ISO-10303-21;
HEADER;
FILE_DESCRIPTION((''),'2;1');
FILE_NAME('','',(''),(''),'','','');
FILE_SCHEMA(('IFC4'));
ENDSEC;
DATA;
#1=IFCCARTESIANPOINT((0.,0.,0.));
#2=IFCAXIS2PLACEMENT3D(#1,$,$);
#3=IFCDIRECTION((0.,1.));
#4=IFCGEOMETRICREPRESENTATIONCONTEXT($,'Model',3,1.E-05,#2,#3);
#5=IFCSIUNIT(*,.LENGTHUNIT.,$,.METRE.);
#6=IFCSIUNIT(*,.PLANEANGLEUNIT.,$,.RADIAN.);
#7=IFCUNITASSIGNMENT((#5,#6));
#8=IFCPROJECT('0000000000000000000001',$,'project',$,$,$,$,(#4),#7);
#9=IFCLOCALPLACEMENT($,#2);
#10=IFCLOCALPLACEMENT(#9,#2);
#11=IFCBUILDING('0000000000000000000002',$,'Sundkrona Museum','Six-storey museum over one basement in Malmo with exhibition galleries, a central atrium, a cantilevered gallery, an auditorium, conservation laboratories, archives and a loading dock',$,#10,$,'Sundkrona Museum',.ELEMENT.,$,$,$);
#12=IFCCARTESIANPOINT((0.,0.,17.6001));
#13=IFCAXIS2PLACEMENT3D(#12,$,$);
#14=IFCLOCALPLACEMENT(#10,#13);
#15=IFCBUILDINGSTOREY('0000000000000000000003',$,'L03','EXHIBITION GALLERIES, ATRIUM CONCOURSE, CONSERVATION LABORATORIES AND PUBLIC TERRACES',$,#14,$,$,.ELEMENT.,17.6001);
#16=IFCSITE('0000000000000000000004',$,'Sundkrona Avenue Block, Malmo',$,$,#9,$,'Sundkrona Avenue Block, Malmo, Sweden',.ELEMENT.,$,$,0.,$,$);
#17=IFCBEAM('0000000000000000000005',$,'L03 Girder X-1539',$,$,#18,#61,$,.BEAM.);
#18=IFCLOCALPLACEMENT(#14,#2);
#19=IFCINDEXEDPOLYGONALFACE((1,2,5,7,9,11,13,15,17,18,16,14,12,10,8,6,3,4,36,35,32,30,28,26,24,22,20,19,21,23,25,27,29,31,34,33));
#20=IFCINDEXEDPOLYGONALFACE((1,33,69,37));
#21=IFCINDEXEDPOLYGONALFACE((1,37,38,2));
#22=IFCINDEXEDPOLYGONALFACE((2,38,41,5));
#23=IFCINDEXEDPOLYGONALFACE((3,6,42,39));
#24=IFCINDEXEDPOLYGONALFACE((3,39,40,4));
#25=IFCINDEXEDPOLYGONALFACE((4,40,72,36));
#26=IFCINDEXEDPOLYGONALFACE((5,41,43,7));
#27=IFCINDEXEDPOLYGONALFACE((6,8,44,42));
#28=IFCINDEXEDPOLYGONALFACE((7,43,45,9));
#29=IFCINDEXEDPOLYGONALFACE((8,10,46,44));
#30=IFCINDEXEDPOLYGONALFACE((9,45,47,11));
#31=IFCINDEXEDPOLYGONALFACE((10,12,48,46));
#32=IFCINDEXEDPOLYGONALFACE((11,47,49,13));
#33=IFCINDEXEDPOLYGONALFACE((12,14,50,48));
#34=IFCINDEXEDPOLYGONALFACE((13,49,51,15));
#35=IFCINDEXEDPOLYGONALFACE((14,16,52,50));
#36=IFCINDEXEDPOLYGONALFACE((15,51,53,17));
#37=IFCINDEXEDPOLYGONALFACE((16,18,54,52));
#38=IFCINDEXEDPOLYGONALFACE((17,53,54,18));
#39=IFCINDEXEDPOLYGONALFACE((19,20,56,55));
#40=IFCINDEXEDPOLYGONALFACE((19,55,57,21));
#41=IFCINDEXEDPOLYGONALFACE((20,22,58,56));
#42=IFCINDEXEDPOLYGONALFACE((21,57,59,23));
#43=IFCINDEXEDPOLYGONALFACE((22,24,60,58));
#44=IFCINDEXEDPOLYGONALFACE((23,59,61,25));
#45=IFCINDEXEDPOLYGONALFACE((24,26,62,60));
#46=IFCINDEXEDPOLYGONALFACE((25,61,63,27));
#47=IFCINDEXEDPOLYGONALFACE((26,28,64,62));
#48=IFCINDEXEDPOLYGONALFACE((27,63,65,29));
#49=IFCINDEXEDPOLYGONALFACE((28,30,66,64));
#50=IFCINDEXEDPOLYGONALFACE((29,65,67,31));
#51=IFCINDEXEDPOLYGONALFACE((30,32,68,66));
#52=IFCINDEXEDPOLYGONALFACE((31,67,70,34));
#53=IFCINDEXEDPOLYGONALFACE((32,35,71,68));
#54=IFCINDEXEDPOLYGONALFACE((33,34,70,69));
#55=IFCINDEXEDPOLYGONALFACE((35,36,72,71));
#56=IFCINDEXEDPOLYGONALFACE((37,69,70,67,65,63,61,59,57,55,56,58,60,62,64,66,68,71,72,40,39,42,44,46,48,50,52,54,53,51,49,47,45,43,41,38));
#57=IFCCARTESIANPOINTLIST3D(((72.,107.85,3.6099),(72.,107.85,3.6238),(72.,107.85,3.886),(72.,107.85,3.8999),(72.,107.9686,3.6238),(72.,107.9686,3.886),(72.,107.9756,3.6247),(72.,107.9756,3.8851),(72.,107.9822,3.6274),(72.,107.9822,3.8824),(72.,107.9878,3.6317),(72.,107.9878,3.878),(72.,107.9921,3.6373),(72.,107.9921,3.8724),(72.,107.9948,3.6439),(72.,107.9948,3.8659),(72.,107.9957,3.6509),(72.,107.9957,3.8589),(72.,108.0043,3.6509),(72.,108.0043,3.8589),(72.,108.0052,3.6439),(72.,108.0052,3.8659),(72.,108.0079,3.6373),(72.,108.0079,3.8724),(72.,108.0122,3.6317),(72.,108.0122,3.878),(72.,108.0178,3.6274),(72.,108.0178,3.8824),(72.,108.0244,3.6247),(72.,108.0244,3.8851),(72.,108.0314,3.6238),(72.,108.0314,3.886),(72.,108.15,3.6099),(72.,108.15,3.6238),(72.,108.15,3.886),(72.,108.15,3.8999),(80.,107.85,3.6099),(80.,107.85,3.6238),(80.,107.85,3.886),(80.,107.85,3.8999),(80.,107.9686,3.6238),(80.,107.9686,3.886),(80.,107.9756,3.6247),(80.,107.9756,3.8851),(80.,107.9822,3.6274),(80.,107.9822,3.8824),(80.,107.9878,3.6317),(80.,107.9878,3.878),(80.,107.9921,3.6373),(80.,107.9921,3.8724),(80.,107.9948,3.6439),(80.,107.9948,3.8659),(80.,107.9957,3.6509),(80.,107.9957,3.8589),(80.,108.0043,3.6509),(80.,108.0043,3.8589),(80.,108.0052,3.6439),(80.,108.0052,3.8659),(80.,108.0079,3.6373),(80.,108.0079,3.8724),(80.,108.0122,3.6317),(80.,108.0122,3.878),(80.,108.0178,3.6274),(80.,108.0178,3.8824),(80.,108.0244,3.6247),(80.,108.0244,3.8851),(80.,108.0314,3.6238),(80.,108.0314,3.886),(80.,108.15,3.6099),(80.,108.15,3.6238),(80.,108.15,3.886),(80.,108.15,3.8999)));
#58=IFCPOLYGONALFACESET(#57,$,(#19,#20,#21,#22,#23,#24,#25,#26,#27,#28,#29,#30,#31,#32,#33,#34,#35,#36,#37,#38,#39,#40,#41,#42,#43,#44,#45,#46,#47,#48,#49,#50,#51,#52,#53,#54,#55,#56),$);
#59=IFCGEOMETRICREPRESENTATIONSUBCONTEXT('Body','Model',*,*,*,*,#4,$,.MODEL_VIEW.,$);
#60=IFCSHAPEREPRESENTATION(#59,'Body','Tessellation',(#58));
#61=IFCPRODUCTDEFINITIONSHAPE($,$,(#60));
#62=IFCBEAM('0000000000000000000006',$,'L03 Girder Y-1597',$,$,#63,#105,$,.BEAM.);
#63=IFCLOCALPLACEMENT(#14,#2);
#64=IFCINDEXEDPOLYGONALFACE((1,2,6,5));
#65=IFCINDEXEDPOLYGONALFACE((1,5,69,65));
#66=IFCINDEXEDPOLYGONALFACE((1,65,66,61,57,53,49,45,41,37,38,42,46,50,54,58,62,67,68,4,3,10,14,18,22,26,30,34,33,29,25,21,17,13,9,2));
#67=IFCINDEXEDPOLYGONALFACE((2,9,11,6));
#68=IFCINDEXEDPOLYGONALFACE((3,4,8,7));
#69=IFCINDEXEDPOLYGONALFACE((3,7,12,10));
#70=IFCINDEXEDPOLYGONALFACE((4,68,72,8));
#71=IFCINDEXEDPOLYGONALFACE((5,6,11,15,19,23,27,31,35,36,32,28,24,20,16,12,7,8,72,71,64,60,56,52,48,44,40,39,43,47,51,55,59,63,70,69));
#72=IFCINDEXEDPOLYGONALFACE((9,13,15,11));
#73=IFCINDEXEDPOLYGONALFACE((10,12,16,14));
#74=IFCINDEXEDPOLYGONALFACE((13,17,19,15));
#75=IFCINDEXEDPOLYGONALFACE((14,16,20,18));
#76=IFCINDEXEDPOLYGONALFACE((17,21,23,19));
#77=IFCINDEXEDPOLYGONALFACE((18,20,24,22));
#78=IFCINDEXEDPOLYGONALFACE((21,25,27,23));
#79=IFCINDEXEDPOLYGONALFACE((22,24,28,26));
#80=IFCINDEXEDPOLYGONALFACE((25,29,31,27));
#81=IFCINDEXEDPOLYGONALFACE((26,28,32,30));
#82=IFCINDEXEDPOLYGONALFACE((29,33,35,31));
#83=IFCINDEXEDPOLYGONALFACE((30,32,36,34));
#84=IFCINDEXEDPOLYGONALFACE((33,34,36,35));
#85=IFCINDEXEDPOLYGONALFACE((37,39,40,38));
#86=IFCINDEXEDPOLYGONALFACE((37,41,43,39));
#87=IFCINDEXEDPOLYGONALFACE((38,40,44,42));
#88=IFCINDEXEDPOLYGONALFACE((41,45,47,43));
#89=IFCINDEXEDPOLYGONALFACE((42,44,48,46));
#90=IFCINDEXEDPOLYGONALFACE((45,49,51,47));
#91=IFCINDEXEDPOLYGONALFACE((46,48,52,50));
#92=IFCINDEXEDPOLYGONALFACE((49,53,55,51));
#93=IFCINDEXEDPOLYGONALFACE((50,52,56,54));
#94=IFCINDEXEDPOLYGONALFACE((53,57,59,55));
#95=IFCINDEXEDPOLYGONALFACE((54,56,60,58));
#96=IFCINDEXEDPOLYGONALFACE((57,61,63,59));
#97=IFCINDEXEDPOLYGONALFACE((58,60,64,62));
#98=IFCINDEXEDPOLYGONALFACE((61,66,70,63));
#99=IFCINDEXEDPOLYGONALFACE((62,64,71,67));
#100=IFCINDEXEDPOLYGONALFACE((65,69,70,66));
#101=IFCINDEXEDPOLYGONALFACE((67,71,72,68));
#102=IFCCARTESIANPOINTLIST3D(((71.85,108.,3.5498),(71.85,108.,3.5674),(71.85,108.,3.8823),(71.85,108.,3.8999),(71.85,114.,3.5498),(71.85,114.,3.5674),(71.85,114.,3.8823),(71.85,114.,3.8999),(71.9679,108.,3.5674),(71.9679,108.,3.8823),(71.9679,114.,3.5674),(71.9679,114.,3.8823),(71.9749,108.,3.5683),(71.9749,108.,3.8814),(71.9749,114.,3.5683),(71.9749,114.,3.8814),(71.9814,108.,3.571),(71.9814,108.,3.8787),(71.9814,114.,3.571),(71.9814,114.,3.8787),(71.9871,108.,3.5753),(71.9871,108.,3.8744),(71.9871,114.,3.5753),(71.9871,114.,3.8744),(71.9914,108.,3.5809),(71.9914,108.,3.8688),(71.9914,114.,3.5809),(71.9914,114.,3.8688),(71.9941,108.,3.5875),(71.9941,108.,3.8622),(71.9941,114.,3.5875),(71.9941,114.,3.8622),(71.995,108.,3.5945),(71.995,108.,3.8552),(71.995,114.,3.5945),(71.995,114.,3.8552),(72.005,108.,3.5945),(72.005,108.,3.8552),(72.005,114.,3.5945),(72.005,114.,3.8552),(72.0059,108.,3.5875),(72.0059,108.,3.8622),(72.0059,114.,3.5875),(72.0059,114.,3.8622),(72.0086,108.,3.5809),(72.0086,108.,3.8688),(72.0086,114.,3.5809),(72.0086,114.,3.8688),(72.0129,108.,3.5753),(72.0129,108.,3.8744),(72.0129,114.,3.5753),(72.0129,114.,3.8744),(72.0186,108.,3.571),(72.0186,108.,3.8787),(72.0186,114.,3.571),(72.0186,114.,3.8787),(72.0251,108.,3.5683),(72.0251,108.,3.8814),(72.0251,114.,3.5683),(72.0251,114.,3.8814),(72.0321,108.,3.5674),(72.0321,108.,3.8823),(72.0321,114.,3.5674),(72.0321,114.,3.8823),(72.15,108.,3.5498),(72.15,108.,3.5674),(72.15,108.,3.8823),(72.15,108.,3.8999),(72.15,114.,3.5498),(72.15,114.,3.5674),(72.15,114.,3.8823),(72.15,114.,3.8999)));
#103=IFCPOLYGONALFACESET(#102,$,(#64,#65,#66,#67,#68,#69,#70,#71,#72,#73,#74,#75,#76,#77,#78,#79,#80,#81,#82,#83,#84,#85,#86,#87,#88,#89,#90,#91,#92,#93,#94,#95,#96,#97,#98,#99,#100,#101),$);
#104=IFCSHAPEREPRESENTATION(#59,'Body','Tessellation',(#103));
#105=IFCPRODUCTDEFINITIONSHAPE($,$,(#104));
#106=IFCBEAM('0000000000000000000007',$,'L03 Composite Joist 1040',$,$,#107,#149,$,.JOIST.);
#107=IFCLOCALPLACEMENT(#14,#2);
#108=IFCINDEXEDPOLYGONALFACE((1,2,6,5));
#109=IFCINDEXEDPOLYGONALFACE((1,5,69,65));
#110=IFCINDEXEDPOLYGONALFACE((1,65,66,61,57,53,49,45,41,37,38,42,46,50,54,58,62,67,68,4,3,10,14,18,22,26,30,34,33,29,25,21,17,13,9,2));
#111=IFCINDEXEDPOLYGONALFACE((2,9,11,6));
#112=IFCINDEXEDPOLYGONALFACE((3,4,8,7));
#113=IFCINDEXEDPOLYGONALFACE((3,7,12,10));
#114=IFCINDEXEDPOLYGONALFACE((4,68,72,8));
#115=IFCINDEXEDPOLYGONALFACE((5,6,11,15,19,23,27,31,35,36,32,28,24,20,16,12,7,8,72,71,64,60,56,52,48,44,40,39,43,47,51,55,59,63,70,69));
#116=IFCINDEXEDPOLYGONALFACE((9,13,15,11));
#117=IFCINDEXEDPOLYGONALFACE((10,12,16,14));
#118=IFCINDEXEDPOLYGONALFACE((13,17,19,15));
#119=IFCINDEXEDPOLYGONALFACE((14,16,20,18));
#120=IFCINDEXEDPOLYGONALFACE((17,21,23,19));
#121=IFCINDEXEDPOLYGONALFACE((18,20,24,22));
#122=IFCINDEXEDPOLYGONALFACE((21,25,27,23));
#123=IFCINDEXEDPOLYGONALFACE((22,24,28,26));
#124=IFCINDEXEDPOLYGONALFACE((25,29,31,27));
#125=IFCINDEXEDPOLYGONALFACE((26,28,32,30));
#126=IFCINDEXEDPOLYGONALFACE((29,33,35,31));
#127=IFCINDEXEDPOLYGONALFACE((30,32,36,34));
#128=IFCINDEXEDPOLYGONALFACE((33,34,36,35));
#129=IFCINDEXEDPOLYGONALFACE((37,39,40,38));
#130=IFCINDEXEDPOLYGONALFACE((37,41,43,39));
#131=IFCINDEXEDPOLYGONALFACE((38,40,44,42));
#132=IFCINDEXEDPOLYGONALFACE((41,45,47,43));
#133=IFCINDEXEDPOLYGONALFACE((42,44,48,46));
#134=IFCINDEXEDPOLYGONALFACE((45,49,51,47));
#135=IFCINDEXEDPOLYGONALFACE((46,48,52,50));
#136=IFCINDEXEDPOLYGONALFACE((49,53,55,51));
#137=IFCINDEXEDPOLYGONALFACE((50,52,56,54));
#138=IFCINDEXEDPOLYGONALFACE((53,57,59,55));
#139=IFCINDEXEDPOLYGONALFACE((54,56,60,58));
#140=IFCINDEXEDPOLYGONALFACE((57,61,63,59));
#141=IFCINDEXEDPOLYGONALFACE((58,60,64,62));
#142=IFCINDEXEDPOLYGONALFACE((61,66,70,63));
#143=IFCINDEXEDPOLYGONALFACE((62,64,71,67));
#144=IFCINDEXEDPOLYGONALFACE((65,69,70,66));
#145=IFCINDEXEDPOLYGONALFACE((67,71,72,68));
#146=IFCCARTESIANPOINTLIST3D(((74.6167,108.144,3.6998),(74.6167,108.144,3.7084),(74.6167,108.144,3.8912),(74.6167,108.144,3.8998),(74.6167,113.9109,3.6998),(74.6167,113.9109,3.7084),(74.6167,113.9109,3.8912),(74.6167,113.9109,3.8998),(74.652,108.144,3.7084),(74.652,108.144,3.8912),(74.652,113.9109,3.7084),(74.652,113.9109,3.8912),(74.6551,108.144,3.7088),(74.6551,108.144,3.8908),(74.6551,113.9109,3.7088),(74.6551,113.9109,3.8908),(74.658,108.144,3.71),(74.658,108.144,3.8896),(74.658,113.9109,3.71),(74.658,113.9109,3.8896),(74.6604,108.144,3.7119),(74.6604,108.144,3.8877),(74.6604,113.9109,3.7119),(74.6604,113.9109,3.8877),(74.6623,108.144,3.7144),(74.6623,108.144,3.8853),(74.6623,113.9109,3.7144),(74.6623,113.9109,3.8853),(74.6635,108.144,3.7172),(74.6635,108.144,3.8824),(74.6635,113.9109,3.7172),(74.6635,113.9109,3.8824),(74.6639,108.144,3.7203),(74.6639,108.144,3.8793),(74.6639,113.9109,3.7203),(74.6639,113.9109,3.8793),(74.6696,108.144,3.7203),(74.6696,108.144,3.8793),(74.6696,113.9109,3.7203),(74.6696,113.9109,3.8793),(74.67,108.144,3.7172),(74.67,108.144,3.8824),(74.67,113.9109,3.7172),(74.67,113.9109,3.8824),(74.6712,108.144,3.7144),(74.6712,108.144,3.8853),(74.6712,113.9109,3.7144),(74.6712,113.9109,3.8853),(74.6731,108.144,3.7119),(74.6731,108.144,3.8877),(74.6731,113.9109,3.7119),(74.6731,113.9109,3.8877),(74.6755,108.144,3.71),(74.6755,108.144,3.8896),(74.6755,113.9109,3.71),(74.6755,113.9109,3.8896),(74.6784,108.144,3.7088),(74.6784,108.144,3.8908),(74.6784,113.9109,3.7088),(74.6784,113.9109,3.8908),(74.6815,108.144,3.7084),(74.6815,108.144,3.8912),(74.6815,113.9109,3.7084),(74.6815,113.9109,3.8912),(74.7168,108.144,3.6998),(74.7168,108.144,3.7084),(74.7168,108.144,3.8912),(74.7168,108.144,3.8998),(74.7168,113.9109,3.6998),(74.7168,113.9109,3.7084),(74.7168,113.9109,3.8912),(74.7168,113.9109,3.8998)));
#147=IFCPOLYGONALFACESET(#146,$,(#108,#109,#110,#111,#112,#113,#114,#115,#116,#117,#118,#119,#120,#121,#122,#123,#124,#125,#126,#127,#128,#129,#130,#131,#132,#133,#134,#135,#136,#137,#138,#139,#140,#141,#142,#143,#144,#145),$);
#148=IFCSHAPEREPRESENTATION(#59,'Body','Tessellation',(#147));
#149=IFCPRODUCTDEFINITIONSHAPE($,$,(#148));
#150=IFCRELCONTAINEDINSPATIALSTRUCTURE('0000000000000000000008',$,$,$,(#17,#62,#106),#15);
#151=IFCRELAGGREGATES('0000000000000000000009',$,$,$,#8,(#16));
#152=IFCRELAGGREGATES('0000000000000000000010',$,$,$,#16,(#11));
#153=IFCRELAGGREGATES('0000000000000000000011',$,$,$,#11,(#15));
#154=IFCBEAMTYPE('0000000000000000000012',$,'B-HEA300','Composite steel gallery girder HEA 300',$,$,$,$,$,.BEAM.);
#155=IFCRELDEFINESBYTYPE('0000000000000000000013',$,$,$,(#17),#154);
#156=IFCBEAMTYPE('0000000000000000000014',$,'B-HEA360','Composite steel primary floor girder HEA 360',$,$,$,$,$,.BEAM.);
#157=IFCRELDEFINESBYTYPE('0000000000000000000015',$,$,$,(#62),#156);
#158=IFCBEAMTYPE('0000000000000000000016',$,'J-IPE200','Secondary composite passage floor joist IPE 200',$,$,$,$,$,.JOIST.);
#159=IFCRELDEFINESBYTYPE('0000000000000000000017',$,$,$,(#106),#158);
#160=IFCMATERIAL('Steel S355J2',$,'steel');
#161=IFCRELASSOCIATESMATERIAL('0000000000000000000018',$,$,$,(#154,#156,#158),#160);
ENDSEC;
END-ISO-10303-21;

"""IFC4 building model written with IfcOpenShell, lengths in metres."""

from ifc_helpers import new_model, si_unit, direction, frame, origin, origin_2d, place, context, subcontext, project, spatial, i_section, extrude, material, material_profile, profile_set, type_object, element, save


model = new_model("IFC4")

# Units and contexts
model_context = context("Model", 3, precision=1e-05, world=origin(), true_north=direction((0.0, 1.0)))
body_context = subcontext(model_context, "Body", "Model", "MODEL_VIEW")
ifc_project = project(units=[si_unit("LENGTHUNIT", "METRE"), si_unit("PLANEANGLEUNIT", "RADIAN")], contexts=[model_context])

# Site, building, storey
site_placement = place(None, origin())
site = spatial("IfcSite", under=ifc_project, at=site_placement, Name="Sundkrona Avenue Block, Malmo", LongName="Sundkrona Avenue Block, Malmo, Sweden", CompositionType="ELEMENT", RefElevation=0.0)
building_placement = place(site_placement, origin())
building = spatial("IfcBuilding", under=site, at=building_placement, Name="Sundkrona Museum", Description="Six-storey museum over one basement in Malmo with exhibition galleries, a central atrium, a cantilevered gallery, an auditorium, conservation laboratories, archives and a loading dock", LongName="Sundkrona Museum", CompositionType="ELEMENT")
storey_placement = place(building_placement, frame((0.0, 0.0, 17.6001)))
storey = spatial("IfcBuildingStorey", under=building, at=storey_placement, Name="L03", Description="EXHIBITION GALLERIES, ATRIUM CONCOURSE, CONSERVATION LABORATORIES AND PUBLIC TERRACES", CompositionType="ELEMENT", Elevation=17.6001)

# Shared definitions
ifc_material_1 = material(Name="Steel S355J2", Category="steel")

# Beams
ifc_material_profile_1 = material_profile(ifc_material_1, i_section(OverallWidth=0.3, OverallDepth=0.29, WebThickness=0.0085, FlangeThickness=0.0139, FilletRadius=0.0271, at=origin_2d()), Name="HEA 300")
ifc_profile_set_1 = profile_set([ifc_material_profile_1], Name="Steel S355J2")
beam_type_1 = type_object("IfcBeamType", Name="B-HEA300", Description="Composite steel gallery girder HEA 300", PredefinedType="BEAM", material=ifc_profile_set_1)
beam_1_placement = place(storey_placement, frame((72.0, 108.0, 3.7549), z_axis=(1.0, 0.0, 0.0), x_axis=(0.0, 1.0, 0.0)))
element("IfcBeam", 1, at=beam_1_placement, inside=storey, type_object=beam_type_1, Name="L03 Girder X-1539", PredefinedType="BEAM", context=body_context, shape_type="SweptSolid", body=[
    extrude(i_section(OverallWidth=0.3, OverallDepth=0.29, WebThickness=0.0085, FlangeThickness=0.0139, FilletRadius=0.0271, at=origin_2d()), origin(), (0.0, 0.0, 1.0), 8.0),
])
ifc_material_profile_2 = material_profile(ifc_material_1, i_section(OverallWidth=0.3, OverallDepth=0.3501, WebThickness=0.01, FlangeThickness=0.0176, FilletRadius=0.0271, at=origin_2d()), Name="HEA 360")
ifc_profile_set_2 = profile_set([ifc_material_profile_2], Name="Steel S355J2")
beam_type_2 = type_object("IfcBeamType", Name="B-HEA360", Description="Composite steel primary floor girder HEA 360", PredefinedType="BEAM", material=ifc_profile_set_2)
beam_2_placement = place(storey_placement, frame((72.0, 108.0, 3.7249), z_axis=(0.0, 1.0, 0.0), x_axis=(-1.0, 0.0, 0.0)))
element("IfcBeam", 2, at=beam_2_placement, inside=storey, type_object=beam_type_2, Name="L03 Girder Y-1597", PredefinedType="BEAM", context=body_context, shape_type="SweptSolid", body=[
    extrude(i_section(OverallWidth=0.3, OverallDepth=0.3501, WebThickness=0.01, FlangeThickness=0.0176, FilletRadius=0.0271, at=origin_2d()), origin(), (0.0, 0.0, 1.0), 6.0),
])
ifc_material_profile_3 = material_profile(ifc_material_1, i_section(OverallWidth=0.1001, OverallDepth=0.2, WebThickness=0.0056, FlangeThickness=0.0085, FilletRadius=0.012, at=origin_2d()), Name="IPE 200")
ifc_profile_set_3 = profile_set([ifc_material_profile_3], Name="Steel S355J2")
beam_type_3 = type_object("IfcBeamType", Name="J-IPE200", Description="Secondary composite passage floor joist IPE 200", PredefinedType="JOIST", material=ifc_profile_set_3)
beam_3_placement = place(storey_placement, frame((74.6667, 108.144, 3.7998), z_axis=(0.0, 1.0, 0.0), x_axis=(-1.0, 0.0, 0.0)))
element("IfcBeam", 3, at=beam_3_placement, inside=storey, type_object=beam_type_3, Name="L03 Composite Joist 1040", PredefinedType="JOIST", context=body_context, shape_type="SweptSolid", body=[
    extrude(i_section(OverallWidth=0.1001, OverallDepth=0.2, WebThickness=0.0056, FlangeThickness=0.0085, FilletRadius=0.012, at=origin_2d()), origin(), (0.0, 0.0, 1.0), 5.7668),
])

save(model, "model.ifc")
